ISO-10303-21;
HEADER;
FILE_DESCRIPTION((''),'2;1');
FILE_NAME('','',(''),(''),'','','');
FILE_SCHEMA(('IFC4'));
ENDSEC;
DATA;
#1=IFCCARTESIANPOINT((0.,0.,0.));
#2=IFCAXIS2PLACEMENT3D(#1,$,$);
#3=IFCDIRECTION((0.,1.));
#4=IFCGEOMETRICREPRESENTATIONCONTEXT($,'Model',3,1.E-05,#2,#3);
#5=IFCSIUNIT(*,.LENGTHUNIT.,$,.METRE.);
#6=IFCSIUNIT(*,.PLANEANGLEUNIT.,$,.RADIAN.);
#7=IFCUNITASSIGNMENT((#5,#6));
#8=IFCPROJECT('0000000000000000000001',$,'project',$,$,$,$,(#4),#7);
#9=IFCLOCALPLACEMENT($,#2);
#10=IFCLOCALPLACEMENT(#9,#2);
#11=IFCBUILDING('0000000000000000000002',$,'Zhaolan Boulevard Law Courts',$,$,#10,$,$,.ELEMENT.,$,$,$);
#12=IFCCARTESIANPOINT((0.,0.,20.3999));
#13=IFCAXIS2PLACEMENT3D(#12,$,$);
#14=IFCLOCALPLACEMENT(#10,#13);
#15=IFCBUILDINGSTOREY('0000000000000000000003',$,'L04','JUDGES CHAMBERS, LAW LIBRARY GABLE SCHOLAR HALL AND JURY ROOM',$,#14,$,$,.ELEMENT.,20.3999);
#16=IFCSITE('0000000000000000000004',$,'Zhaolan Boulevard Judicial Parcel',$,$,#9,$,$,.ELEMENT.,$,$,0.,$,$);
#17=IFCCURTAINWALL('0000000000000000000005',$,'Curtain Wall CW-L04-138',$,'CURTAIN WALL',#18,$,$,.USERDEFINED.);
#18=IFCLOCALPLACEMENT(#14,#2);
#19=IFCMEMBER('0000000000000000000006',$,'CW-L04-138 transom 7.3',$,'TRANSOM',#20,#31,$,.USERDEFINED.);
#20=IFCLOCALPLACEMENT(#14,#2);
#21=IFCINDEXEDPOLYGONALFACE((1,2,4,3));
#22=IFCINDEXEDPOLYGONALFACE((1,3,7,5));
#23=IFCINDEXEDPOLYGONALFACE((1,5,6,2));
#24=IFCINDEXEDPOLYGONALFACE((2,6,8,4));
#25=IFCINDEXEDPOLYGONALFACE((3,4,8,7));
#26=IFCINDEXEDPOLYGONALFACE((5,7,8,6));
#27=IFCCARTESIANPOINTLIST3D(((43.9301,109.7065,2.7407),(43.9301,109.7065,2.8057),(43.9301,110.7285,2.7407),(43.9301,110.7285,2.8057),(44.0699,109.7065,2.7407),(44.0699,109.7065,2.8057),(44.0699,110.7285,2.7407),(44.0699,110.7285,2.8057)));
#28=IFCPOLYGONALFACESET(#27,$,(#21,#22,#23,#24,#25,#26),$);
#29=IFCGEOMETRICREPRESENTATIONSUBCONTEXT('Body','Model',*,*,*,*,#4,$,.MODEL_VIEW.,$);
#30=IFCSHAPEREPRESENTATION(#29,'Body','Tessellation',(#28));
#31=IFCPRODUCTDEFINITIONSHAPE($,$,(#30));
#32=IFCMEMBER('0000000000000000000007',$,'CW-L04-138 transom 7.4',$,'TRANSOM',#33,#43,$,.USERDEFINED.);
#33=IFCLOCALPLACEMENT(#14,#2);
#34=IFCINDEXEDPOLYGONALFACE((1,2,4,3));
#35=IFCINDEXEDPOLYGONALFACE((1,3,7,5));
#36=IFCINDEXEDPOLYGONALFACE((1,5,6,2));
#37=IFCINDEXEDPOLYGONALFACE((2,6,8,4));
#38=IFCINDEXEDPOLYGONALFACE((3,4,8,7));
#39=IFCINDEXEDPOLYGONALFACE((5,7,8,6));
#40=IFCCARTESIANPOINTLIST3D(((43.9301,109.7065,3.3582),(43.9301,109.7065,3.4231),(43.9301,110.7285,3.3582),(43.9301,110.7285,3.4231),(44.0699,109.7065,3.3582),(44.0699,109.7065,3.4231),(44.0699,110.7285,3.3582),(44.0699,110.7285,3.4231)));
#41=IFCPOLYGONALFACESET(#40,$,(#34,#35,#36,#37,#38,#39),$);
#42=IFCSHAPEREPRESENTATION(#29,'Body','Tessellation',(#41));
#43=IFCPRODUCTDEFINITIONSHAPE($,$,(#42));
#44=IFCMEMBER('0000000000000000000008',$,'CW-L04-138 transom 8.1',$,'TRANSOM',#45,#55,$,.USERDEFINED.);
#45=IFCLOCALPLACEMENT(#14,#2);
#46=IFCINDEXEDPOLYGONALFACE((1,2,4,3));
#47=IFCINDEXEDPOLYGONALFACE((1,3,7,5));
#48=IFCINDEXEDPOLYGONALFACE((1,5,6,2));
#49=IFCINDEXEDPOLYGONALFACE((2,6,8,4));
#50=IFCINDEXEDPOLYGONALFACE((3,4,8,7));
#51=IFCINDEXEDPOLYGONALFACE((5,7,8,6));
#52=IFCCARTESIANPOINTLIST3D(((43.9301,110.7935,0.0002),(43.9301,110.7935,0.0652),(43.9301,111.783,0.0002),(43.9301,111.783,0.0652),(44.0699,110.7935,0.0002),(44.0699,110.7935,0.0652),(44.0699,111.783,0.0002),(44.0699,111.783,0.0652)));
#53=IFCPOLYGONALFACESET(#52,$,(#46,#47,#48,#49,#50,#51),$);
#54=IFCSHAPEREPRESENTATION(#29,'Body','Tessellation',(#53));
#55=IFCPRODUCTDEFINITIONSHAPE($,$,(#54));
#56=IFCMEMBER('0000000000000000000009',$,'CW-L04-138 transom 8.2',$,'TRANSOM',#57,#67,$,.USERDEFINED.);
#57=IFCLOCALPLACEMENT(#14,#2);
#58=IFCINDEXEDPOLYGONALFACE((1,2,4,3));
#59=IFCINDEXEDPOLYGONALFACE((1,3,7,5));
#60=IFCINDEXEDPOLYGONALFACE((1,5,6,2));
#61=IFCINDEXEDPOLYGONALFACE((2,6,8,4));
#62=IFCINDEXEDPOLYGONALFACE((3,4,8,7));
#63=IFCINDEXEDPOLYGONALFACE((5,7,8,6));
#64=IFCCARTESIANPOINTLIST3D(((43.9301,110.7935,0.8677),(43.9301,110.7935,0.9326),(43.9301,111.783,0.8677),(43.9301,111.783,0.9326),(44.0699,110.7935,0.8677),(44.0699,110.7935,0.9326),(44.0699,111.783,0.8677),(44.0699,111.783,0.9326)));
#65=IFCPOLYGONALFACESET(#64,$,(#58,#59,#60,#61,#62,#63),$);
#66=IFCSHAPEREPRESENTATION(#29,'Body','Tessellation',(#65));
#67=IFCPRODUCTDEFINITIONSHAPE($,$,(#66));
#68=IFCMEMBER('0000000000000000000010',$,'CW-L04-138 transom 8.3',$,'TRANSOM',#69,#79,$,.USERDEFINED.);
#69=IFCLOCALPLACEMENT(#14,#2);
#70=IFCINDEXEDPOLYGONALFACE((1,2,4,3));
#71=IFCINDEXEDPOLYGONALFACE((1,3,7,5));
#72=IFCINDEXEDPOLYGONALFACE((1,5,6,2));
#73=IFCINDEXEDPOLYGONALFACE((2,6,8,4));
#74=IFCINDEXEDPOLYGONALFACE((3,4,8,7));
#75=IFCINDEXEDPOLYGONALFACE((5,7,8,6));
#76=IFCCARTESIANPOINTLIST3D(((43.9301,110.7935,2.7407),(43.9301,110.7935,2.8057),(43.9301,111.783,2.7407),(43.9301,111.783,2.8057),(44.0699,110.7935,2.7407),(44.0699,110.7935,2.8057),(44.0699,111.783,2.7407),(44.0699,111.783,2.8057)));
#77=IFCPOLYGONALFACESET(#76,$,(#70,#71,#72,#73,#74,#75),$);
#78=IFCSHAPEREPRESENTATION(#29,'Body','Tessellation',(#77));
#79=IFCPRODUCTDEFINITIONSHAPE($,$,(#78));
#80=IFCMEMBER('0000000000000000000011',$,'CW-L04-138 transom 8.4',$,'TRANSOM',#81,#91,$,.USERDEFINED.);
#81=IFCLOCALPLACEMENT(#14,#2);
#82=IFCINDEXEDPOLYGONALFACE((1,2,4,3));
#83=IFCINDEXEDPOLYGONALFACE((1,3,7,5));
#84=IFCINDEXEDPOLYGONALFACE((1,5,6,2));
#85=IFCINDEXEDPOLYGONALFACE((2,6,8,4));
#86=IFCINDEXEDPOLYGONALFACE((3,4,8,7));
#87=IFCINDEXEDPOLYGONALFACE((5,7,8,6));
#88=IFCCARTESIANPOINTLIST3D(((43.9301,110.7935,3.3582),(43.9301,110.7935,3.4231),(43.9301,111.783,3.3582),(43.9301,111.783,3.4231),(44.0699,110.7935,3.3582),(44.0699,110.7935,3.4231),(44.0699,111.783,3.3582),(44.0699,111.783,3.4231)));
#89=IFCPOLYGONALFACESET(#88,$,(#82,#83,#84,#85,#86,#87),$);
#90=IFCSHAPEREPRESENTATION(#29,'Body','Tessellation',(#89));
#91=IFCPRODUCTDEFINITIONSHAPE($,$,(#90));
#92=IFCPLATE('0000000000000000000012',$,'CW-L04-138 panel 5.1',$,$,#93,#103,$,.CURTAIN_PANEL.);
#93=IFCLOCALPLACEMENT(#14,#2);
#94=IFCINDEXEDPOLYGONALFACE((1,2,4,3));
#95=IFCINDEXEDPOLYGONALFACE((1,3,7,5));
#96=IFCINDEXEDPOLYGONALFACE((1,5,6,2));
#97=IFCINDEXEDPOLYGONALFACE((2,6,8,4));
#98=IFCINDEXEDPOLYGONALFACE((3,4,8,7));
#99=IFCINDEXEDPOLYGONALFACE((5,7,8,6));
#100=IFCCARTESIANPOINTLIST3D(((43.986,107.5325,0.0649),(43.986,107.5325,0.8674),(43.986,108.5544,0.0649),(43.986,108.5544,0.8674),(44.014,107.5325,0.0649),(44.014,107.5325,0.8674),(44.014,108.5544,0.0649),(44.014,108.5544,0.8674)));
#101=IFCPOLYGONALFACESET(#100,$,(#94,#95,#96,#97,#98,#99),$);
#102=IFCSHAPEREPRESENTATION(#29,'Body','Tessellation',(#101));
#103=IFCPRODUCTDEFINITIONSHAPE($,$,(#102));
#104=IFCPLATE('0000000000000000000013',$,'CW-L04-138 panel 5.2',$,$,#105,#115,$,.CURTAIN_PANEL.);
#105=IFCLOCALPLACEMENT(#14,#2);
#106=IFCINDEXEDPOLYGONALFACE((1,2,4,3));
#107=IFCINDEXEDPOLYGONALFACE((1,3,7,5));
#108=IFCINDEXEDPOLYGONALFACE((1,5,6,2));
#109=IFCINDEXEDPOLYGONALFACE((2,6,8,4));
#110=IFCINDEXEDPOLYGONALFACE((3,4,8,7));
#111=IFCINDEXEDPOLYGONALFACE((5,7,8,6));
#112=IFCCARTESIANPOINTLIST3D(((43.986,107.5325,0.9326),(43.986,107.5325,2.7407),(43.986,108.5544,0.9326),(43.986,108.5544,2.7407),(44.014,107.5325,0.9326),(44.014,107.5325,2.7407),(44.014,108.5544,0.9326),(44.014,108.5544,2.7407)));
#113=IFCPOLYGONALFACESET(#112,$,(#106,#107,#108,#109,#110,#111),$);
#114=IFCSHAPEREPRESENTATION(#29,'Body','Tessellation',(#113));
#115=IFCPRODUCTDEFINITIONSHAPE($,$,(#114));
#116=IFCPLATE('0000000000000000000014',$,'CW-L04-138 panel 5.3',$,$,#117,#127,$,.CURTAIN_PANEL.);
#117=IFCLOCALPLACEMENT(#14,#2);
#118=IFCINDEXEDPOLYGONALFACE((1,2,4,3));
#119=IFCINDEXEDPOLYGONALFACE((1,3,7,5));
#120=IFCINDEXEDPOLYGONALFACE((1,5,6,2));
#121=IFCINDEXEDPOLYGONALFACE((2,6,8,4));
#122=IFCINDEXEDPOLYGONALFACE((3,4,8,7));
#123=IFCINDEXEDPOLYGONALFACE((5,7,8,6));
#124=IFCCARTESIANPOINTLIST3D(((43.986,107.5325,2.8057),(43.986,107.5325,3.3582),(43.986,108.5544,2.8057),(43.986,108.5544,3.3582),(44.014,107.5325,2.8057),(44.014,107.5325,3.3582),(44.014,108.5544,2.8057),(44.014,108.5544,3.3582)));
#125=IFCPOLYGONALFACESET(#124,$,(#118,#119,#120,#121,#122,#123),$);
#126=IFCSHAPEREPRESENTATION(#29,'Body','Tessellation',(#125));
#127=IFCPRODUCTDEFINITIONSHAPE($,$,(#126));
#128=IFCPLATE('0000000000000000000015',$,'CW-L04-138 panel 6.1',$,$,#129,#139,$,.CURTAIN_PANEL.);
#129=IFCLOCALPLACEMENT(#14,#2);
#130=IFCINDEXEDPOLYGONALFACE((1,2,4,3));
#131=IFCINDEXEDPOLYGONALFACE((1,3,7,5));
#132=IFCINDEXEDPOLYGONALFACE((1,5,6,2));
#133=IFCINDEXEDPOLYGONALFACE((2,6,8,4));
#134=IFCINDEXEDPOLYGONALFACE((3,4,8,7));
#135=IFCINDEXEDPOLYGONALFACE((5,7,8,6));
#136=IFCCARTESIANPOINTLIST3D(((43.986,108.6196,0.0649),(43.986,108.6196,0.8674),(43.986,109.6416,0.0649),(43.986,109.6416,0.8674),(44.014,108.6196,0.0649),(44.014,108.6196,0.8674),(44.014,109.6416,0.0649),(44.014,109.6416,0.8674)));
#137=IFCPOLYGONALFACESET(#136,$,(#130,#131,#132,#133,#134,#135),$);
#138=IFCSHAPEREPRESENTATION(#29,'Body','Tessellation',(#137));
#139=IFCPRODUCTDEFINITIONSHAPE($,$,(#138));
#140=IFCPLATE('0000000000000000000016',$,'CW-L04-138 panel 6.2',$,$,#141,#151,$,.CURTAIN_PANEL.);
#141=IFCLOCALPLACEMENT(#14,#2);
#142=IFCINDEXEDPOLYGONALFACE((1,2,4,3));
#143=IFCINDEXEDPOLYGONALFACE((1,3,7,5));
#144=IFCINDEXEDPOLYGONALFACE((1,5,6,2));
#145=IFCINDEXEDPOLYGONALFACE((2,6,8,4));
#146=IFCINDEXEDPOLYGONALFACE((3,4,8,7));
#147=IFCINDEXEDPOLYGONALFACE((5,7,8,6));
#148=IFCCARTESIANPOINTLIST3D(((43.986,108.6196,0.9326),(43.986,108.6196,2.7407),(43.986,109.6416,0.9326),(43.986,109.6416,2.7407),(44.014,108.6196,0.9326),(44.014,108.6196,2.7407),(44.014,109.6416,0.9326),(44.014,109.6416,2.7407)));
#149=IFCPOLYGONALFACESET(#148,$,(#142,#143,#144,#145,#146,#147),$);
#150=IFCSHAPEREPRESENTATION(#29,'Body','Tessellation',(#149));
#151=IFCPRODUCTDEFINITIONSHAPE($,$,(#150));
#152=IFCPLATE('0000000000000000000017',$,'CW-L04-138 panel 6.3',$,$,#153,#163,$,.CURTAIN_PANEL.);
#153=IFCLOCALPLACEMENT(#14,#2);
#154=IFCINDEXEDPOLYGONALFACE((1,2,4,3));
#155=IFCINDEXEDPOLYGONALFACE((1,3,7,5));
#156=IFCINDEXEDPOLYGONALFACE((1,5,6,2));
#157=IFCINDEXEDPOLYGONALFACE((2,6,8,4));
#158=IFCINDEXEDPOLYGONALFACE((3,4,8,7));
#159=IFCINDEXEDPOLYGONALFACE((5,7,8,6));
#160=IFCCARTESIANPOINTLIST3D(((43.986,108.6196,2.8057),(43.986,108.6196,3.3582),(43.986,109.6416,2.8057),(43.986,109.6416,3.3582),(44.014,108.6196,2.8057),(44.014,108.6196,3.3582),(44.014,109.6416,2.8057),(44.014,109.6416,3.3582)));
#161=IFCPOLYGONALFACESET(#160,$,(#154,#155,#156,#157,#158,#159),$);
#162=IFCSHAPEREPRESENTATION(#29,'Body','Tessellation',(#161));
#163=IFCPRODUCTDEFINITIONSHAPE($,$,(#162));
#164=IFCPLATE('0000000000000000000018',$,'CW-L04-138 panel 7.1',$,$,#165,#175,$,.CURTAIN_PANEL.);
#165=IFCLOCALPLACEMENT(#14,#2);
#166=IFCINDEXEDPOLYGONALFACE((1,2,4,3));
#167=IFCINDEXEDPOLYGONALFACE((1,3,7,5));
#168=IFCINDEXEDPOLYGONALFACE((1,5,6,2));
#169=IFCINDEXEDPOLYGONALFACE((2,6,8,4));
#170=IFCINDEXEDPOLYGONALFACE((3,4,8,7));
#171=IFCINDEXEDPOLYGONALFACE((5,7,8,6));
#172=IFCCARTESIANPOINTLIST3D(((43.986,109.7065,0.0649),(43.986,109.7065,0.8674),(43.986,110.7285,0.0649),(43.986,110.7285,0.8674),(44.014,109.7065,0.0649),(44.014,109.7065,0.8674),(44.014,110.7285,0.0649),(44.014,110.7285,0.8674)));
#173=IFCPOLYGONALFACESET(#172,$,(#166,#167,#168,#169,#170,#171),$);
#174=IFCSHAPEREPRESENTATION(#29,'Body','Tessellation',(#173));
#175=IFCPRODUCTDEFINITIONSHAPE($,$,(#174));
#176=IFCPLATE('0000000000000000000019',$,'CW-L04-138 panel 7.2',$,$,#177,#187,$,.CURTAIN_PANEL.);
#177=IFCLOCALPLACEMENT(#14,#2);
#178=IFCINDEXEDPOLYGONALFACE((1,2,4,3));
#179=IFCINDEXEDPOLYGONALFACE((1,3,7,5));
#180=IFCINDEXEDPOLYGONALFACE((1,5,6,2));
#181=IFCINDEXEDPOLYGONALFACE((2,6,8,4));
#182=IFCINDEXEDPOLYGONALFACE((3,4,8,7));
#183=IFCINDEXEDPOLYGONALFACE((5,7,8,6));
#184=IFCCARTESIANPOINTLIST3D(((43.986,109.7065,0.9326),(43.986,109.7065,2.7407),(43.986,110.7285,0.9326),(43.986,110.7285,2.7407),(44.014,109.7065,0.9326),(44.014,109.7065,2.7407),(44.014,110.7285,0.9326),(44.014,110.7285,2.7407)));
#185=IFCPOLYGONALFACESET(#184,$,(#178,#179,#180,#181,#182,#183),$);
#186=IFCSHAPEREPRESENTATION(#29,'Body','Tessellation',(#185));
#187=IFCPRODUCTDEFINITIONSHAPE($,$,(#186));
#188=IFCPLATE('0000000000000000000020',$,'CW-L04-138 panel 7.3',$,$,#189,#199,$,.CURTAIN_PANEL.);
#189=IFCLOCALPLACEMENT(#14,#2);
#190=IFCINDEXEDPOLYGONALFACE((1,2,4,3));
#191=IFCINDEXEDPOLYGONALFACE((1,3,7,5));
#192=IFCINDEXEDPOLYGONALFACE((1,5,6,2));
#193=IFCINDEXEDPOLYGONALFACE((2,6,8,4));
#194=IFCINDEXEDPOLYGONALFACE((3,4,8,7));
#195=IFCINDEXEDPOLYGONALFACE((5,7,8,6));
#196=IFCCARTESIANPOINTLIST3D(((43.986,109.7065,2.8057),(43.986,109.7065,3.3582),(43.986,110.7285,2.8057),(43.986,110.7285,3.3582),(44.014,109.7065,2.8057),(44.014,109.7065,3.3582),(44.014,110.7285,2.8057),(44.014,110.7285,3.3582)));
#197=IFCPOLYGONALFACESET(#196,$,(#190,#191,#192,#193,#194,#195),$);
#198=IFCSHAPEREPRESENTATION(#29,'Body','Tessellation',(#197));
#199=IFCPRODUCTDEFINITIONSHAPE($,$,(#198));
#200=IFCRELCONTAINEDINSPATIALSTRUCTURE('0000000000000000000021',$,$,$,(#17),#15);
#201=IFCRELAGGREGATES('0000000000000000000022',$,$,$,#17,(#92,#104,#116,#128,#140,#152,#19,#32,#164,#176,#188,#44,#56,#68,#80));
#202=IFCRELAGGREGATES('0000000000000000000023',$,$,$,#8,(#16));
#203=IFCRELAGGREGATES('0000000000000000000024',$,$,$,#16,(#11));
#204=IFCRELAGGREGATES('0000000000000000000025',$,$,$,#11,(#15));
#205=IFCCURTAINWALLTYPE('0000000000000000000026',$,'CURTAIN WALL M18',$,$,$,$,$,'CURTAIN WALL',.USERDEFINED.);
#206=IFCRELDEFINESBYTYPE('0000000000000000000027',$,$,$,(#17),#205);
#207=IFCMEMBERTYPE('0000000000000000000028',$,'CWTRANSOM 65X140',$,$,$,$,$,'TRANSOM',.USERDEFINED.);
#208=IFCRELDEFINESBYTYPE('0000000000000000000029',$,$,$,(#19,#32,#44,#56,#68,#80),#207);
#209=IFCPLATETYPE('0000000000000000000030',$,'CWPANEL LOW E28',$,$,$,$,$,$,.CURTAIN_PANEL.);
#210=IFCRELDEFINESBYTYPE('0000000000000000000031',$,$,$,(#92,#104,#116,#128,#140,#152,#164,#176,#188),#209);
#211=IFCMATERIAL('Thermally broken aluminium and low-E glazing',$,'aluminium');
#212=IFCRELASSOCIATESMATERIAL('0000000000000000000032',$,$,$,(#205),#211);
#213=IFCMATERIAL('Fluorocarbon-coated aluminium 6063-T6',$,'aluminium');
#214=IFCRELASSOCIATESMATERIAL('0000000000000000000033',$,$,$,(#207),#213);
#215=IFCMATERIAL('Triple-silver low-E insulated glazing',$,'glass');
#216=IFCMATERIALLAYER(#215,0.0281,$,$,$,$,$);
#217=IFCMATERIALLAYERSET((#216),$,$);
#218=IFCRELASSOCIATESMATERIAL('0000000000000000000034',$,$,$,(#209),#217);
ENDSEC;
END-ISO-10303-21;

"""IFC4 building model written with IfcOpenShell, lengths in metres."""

from ifc_helpers import new_model, si_unit, direction, frame, origin, origin_2d, place, context, subcontext, project, spatial, rectangle, extrude, material, layer, layer_set, material_profile, profile_set, type_object, element, aggregate, save


model = new_model("IFC4")

# Units and contexts
model_context = context("Model", 3, precision=1e-05, world=origin(), true_north=direction((0.0, 1.0)))
body_context = subcontext(model_context, "Body", "Model", "MODEL_VIEW")
ifc_project = project(units=[si_unit("LENGTHUNIT", "METRE"), si_unit("PLANEANGLEUNIT", "RADIAN")], contexts=[model_context])

# Site, building, storey
site_placement = place(None, origin())
site = spatial("IfcSite", under=ifc_project, at=site_placement, Name="Zhaolan Boulevard Judicial Parcel", CompositionType="ELEMENT", RefElevation=0.0)
building_placement = place(site_placement, origin())
building = spatial("IfcBuilding", under=site, at=building_placement, Name="Zhaolan Boulevard Law Courts", CompositionType="ELEMENT")
storey_placement = place(building_placement, frame((0.0, 0.0, 20.3999)))
storey = spatial("IfcBuildingStorey", under=building, at=storey_placement, Name="L04", Description="JUDGES CHAMBERS, LAW LIBRARY GABLE SCHOLAR HALL AND JURY ROOM", CompositionType="ELEMENT", Elevation=20.3999)

# Curtain wall, members, plates
ifc_material_1 = material(Name="Thermally broken aluminium and low-E glazing", Category="aluminium")
curtain_wall_type = type_object("IfcCurtainWallType", Name="CURTAIN WALL M18", ElementType="CURTAIN WALL", PredefinedType="USERDEFINED", material=ifc_material_1)
curtain_wall_placement = place(storey_placement, origin())
curtain_wall = element("IfcCurtainWall", 1, at=curtain_wall_placement, inside=storey, type_object=curtain_wall_type, Name="Curtain Wall CW-L04-138", ObjectType="CURTAIN WALL", PredefinedType="USERDEFINED")
ifc_material_2 = material(Name="Fluorocarbon-coated aluminium 6063-T6", Category="aluminium")
ifc_material_profile_1 = material_profile(ifc_material_2, rectangle(XDim=0.1399, YDim=0.0649, at=origin_2d()), Name="AL65x140")
ifc_profile_set_1 = profile_set([ifc_material_profile_1], Name="Fluorocarbon-coated aluminium 6063-T6")
member_type_1 = type_object("IfcMemberType", Name="CWTRANSOM 65X140", ElementType="TRANSOM", PredefinedType="USERDEFINED", material=ifc_profile_set_1)
member_1_placement = place(storey_placement, frame((44.0, 109.7065, 2.7732), z_axis=(0.0, 1.0, 0.0), x_axis=(-1.0, 0.0, 0.0)))
member_1 = element("IfcMember", 2, at=member_1_placement, type_object=member_type_1, Name="CW-L04-138 transom 7.3", ObjectType="TRANSOM", PredefinedType="USERDEFINED", context=body_context, shape_type="SweptSolid", body=[
    extrude(rectangle(XDim=0.1399, YDim=0.0649, at=origin_2d()), origin(), (0.0, 0.0, 1.0), 1.022),
])
member_2_placement = place(storey_placement, frame((44.0, 109.7065, 3.3906), z_axis=(0.0, 1.0, 0.0), x_axis=(-1.0, 0.0, 0.0)))
member_2 = element("IfcMember", 3, at=member_2_placement, type_object=member_type_1, Name="CW-L04-138 transom 7.4", ObjectType="TRANSOM", PredefinedType="USERDEFINED", context=body_context, shape_type="SweptSolid", body=[
    extrude(rectangle(XDim=0.1399, YDim=0.0649, at=origin_2d()), origin(), (0.0, 0.0, 1.0), 1.022),
])
member_3_placement = place(storey_placement, frame((44.0, 110.7935, 0.0327), z_axis=(0.0, 1.0, 0.0), x_axis=(-1.0, 0.0, 0.0)))
member_3 = element("IfcMember", 4, at=member_3_placement, type_object=member_type_1, Name="CW-L04-138 transom 8.1", ObjectType="TRANSOM", PredefinedType="USERDEFINED", context=body_context, shape_type="SweptSolid", body=[
    extrude(rectangle(XDim=0.1399, YDim=0.0649, at=origin_2d()), origin(), (0.0, 0.0, 1.0), 0.9895),
])
member_4_placement = place(storey_placement, frame((44.0, 110.7935, 0.9001), z_axis=(0.0, 1.0, 0.0), x_axis=(-1.0, 0.0, 0.0)))
member_4 = element("IfcMember", 5, at=member_4_placement, type_object=member_type_1, Name="CW-L04-138 transom 8.2", ObjectType="TRANSOM", PredefinedType="USERDEFINED", context=body_context, shape_type="SweptSolid", body=[
    extrude(rectangle(XDim=0.1399, YDim=0.0649, at=origin_2d()), origin(), (0.0, 0.0, 1.0), 0.9895),
])
member_5_placement = place(storey_placement, frame((44.0, 110.7935, 2.7732), z_axis=(0.0, 1.0, 0.0), x_axis=(-1.0, 0.0, 0.0)))
member_5 = element("IfcMember", 6, at=member_5_placement, type_object=member_type_1, Name="CW-L04-138 transom 8.3", ObjectType="TRANSOM", PredefinedType="USERDEFINED", context=body_context, shape_type="SweptSolid", body=[
    extrude(rectangle(XDim=0.1399, YDim=0.0649, at=origin_2d()), origin(), (0.0, 0.0, 1.0), 0.9895),
])
member_6_placement = place(storey_placement, frame((44.0, 110.7935, 3.3906), z_axis=(0.0, 1.0, 0.0), x_axis=(-1.0, 0.0, 0.0)))
member_6 = element("IfcMember", 7, at=member_6_placement, type_object=member_type_1, Name="CW-L04-138 transom 8.4", ObjectType="TRANSOM", PredefinedType="USERDEFINED", context=body_context, shape_type="SweptSolid", body=[
    extrude(rectangle(XDim=0.1399, YDim=0.0649, at=origin_2d()), origin(), (0.0, 0.0, 1.0), 0.9895),
])
ifc_material_3 = material(Name="Triple-silver low-E insulated glazing", Category="glass")
ifc_layer = layer(ifc_material_3, 0.0281)
ifc_layer_set = layer_set([ifc_layer])
plate_type = type_object("IfcPlateType", Name="CWPANEL LOW E28", PredefinedType="CURTAIN_PANEL", material=ifc_layer_set)
plate_1_placement = place(storey_placement, frame((44.0, 108.0435, 0.0649), z_axis=(0.0, 0.0, 1.0), x_axis=(0.0, 1.0, 0.0)))
plate_1 = element("IfcPlate", 8, at=plate_1_placement, type_object=plate_type, Name="CW-L04-138 panel 5.1", PredefinedType="CURTAIN_PANEL", context=body_context, shape_type="SweptSolid", body=[
    extrude(rectangle(XDim=1.022, YDim=0.0281, at=origin_2d()), origin(), (0.0, 0.0, 1.0), 0.8025),
])
plate_2_placement = place(storey_placement, frame((44.0, 108.0435, 0.9326), z_axis=(0.0, 0.0, 1.0), x_axis=(0.0, 1.0, 0.0)))
plate_2 = element("IfcPlate", 9, at=plate_2_placement, type_object=plate_type, Name="CW-L04-138 panel 5.2", PredefinedType="CURTAIN_PANEL", context=body_context, shape_type="SweptSolid", body=[
    extrude(rectangle(XDim=1.022, YDim=0.0281, at=origin_2d()), origin(), (0.0, 0.0, 1.0), 1.8081),
])
plate_3_placement = place(storey_placement, frame((44.0, 108.0435, 2.8057), z_axis=(0.0, 0.0, 1.0), x_axis=(0.0, 1.0, 0.0)))
plate_3 = element("IfcPlate", 10, at=plate_3_placement, type_object=plate_type, Name="CW-L04-138 panel 5.3", PredefinedType="CURTAIN_PANEL", context=body_context, shape_type="SweptSolid", body=[
    extrude(rectangle(XDim=1.022, YDim=0.0281, at=origin_2d()), origin(), (0.0, 0.0, 1.0), 0.5525),
])
plate_4_placement = place(storey_placement, frame((44.0, 109.1306, 0.0649), z_axis=(0.0, 0.0, 1.0), x_axis=(0.0, 1.0, 0.0)))
plate_4 = element("IfcPlate", 11, at=plate_4_placement, type_object=plate_type, Name="CW-L04-138 panel 6.1", PredefinedType="CURTAIN_PANEL", context=body_context, shape_type="SweptSolid", body=[
    extrude(rectangle(XDim=1.022, YDim=0.0281, at=origin_2d()), origin(), (0.0, 0.0, 1.0), 0.8025),
])
plate_5_placement = place(storey_placement, frame((44.0, 109.1306, 0.9326), z_axis=(0.0, 0.0, 1.0), x_axis=(0.0, 1.0, 0.0)))
plate_5 = element("IfcPlate", 12, at=plate_5_placement, type_object=plate_type, Name="CW-L04-138 panel 6.2", PredefinedType="CURTAIN_PANEL", context=body_context, shape_type="SweptSolid", body=[
    extrude(rectangle(XDim=1.022, YDim=0.0281, at=origin_2d()), origin(), (0.0, 0.0, 1.0), 1.8081),
])
plate_6_placement = place(storey_placement, frame((44.0, 109.1306, 2.8057), z_axis=(0.0, 0.0, 1.0), x_axis=(0.0, 1.0, 0.0)))
plate_6 = element("IfcPlate", 13, at=plate_6_placement, type_object=plate_type, Name="CW-L04-138 panel 6.3", PredefinedType="CURTAIN_PANEL", context=body_context, shape_type="SweptSolid", body=[
    extrude(rectangle(XDim=1.022, YDim=0.0281, at=origin_2d()), origin(), (0.0, 0.0, 1.0), 0.5525),
])
plate_7_placement = place(storey_placement, frame((44.0, 110.2175, 0.0649), z_axis=(0.0, 0.0, 1.0), x_axis=(0.0, 1.0, 0.0)))
plate_7 = element("IfcPlate", 14, at=plate_7_placement, type_object=plate_type, Name="CW-L04-138 panel 7.1", PredefinedType="CURTAIN_PANEL", context=body_context, shape_type="SweptSolid", body=[
    extrude(rectangle(XDim=1.022, YDim=0.0281, at=origin_2d()), origin(), (0.0, 0.0, 1.0), 0.8025),
])
plate_8_placement = place(storey_placement, frame((44.0, 110.2175, 0.9326), z_axis=(0.0, 0.0, 1.0), x_axis=(0.0, 1.0, 0.0)))
plate_8 = element("IfcPlate", 15, at=plate_8_placement, type_object=plate_type, Name="CW-L04-138 panel 7.2", PredefinedType="CURTAIN_PANEL", context=body_context, shape_type="SweptSolid", body=[
    extrude(rectangle(XDim=1.022, YDim=0.0281, at=origin_2d()), origin(), (0.0, 0.0, 1.0), 1.8081),
])
plate_9_placement = place(storey_placement, frame((44.0, 110.2175, 2.8057), z_axis=(0.0, 0.0, 1.0), x_axis=(0.0, 1.0, 0.0)))
plate_9 = element("IfcPlate", 16, at=plate_9_placement, type_object=plate_type, Name="CW-L04-138 panel 7.3", PredefinedType="CURTAIN_PANEL", context=body_context, shape_type="SweptSolid", body=[
    extrude(rectangle(XDim=1.022, YDim=0.0281, at=origin_2d()), origin(), (0.0, 0.0, 1.0), 0.5525),
])
aggregate(curtain_wall, [plate_1, plate_2, plate_3, plate_4, plate_5, plate_6, member_1, member_2, plate_7, plate_8, plate_9, member_3, member_4, member_5, member_6])

save(model, "model.ifc")
